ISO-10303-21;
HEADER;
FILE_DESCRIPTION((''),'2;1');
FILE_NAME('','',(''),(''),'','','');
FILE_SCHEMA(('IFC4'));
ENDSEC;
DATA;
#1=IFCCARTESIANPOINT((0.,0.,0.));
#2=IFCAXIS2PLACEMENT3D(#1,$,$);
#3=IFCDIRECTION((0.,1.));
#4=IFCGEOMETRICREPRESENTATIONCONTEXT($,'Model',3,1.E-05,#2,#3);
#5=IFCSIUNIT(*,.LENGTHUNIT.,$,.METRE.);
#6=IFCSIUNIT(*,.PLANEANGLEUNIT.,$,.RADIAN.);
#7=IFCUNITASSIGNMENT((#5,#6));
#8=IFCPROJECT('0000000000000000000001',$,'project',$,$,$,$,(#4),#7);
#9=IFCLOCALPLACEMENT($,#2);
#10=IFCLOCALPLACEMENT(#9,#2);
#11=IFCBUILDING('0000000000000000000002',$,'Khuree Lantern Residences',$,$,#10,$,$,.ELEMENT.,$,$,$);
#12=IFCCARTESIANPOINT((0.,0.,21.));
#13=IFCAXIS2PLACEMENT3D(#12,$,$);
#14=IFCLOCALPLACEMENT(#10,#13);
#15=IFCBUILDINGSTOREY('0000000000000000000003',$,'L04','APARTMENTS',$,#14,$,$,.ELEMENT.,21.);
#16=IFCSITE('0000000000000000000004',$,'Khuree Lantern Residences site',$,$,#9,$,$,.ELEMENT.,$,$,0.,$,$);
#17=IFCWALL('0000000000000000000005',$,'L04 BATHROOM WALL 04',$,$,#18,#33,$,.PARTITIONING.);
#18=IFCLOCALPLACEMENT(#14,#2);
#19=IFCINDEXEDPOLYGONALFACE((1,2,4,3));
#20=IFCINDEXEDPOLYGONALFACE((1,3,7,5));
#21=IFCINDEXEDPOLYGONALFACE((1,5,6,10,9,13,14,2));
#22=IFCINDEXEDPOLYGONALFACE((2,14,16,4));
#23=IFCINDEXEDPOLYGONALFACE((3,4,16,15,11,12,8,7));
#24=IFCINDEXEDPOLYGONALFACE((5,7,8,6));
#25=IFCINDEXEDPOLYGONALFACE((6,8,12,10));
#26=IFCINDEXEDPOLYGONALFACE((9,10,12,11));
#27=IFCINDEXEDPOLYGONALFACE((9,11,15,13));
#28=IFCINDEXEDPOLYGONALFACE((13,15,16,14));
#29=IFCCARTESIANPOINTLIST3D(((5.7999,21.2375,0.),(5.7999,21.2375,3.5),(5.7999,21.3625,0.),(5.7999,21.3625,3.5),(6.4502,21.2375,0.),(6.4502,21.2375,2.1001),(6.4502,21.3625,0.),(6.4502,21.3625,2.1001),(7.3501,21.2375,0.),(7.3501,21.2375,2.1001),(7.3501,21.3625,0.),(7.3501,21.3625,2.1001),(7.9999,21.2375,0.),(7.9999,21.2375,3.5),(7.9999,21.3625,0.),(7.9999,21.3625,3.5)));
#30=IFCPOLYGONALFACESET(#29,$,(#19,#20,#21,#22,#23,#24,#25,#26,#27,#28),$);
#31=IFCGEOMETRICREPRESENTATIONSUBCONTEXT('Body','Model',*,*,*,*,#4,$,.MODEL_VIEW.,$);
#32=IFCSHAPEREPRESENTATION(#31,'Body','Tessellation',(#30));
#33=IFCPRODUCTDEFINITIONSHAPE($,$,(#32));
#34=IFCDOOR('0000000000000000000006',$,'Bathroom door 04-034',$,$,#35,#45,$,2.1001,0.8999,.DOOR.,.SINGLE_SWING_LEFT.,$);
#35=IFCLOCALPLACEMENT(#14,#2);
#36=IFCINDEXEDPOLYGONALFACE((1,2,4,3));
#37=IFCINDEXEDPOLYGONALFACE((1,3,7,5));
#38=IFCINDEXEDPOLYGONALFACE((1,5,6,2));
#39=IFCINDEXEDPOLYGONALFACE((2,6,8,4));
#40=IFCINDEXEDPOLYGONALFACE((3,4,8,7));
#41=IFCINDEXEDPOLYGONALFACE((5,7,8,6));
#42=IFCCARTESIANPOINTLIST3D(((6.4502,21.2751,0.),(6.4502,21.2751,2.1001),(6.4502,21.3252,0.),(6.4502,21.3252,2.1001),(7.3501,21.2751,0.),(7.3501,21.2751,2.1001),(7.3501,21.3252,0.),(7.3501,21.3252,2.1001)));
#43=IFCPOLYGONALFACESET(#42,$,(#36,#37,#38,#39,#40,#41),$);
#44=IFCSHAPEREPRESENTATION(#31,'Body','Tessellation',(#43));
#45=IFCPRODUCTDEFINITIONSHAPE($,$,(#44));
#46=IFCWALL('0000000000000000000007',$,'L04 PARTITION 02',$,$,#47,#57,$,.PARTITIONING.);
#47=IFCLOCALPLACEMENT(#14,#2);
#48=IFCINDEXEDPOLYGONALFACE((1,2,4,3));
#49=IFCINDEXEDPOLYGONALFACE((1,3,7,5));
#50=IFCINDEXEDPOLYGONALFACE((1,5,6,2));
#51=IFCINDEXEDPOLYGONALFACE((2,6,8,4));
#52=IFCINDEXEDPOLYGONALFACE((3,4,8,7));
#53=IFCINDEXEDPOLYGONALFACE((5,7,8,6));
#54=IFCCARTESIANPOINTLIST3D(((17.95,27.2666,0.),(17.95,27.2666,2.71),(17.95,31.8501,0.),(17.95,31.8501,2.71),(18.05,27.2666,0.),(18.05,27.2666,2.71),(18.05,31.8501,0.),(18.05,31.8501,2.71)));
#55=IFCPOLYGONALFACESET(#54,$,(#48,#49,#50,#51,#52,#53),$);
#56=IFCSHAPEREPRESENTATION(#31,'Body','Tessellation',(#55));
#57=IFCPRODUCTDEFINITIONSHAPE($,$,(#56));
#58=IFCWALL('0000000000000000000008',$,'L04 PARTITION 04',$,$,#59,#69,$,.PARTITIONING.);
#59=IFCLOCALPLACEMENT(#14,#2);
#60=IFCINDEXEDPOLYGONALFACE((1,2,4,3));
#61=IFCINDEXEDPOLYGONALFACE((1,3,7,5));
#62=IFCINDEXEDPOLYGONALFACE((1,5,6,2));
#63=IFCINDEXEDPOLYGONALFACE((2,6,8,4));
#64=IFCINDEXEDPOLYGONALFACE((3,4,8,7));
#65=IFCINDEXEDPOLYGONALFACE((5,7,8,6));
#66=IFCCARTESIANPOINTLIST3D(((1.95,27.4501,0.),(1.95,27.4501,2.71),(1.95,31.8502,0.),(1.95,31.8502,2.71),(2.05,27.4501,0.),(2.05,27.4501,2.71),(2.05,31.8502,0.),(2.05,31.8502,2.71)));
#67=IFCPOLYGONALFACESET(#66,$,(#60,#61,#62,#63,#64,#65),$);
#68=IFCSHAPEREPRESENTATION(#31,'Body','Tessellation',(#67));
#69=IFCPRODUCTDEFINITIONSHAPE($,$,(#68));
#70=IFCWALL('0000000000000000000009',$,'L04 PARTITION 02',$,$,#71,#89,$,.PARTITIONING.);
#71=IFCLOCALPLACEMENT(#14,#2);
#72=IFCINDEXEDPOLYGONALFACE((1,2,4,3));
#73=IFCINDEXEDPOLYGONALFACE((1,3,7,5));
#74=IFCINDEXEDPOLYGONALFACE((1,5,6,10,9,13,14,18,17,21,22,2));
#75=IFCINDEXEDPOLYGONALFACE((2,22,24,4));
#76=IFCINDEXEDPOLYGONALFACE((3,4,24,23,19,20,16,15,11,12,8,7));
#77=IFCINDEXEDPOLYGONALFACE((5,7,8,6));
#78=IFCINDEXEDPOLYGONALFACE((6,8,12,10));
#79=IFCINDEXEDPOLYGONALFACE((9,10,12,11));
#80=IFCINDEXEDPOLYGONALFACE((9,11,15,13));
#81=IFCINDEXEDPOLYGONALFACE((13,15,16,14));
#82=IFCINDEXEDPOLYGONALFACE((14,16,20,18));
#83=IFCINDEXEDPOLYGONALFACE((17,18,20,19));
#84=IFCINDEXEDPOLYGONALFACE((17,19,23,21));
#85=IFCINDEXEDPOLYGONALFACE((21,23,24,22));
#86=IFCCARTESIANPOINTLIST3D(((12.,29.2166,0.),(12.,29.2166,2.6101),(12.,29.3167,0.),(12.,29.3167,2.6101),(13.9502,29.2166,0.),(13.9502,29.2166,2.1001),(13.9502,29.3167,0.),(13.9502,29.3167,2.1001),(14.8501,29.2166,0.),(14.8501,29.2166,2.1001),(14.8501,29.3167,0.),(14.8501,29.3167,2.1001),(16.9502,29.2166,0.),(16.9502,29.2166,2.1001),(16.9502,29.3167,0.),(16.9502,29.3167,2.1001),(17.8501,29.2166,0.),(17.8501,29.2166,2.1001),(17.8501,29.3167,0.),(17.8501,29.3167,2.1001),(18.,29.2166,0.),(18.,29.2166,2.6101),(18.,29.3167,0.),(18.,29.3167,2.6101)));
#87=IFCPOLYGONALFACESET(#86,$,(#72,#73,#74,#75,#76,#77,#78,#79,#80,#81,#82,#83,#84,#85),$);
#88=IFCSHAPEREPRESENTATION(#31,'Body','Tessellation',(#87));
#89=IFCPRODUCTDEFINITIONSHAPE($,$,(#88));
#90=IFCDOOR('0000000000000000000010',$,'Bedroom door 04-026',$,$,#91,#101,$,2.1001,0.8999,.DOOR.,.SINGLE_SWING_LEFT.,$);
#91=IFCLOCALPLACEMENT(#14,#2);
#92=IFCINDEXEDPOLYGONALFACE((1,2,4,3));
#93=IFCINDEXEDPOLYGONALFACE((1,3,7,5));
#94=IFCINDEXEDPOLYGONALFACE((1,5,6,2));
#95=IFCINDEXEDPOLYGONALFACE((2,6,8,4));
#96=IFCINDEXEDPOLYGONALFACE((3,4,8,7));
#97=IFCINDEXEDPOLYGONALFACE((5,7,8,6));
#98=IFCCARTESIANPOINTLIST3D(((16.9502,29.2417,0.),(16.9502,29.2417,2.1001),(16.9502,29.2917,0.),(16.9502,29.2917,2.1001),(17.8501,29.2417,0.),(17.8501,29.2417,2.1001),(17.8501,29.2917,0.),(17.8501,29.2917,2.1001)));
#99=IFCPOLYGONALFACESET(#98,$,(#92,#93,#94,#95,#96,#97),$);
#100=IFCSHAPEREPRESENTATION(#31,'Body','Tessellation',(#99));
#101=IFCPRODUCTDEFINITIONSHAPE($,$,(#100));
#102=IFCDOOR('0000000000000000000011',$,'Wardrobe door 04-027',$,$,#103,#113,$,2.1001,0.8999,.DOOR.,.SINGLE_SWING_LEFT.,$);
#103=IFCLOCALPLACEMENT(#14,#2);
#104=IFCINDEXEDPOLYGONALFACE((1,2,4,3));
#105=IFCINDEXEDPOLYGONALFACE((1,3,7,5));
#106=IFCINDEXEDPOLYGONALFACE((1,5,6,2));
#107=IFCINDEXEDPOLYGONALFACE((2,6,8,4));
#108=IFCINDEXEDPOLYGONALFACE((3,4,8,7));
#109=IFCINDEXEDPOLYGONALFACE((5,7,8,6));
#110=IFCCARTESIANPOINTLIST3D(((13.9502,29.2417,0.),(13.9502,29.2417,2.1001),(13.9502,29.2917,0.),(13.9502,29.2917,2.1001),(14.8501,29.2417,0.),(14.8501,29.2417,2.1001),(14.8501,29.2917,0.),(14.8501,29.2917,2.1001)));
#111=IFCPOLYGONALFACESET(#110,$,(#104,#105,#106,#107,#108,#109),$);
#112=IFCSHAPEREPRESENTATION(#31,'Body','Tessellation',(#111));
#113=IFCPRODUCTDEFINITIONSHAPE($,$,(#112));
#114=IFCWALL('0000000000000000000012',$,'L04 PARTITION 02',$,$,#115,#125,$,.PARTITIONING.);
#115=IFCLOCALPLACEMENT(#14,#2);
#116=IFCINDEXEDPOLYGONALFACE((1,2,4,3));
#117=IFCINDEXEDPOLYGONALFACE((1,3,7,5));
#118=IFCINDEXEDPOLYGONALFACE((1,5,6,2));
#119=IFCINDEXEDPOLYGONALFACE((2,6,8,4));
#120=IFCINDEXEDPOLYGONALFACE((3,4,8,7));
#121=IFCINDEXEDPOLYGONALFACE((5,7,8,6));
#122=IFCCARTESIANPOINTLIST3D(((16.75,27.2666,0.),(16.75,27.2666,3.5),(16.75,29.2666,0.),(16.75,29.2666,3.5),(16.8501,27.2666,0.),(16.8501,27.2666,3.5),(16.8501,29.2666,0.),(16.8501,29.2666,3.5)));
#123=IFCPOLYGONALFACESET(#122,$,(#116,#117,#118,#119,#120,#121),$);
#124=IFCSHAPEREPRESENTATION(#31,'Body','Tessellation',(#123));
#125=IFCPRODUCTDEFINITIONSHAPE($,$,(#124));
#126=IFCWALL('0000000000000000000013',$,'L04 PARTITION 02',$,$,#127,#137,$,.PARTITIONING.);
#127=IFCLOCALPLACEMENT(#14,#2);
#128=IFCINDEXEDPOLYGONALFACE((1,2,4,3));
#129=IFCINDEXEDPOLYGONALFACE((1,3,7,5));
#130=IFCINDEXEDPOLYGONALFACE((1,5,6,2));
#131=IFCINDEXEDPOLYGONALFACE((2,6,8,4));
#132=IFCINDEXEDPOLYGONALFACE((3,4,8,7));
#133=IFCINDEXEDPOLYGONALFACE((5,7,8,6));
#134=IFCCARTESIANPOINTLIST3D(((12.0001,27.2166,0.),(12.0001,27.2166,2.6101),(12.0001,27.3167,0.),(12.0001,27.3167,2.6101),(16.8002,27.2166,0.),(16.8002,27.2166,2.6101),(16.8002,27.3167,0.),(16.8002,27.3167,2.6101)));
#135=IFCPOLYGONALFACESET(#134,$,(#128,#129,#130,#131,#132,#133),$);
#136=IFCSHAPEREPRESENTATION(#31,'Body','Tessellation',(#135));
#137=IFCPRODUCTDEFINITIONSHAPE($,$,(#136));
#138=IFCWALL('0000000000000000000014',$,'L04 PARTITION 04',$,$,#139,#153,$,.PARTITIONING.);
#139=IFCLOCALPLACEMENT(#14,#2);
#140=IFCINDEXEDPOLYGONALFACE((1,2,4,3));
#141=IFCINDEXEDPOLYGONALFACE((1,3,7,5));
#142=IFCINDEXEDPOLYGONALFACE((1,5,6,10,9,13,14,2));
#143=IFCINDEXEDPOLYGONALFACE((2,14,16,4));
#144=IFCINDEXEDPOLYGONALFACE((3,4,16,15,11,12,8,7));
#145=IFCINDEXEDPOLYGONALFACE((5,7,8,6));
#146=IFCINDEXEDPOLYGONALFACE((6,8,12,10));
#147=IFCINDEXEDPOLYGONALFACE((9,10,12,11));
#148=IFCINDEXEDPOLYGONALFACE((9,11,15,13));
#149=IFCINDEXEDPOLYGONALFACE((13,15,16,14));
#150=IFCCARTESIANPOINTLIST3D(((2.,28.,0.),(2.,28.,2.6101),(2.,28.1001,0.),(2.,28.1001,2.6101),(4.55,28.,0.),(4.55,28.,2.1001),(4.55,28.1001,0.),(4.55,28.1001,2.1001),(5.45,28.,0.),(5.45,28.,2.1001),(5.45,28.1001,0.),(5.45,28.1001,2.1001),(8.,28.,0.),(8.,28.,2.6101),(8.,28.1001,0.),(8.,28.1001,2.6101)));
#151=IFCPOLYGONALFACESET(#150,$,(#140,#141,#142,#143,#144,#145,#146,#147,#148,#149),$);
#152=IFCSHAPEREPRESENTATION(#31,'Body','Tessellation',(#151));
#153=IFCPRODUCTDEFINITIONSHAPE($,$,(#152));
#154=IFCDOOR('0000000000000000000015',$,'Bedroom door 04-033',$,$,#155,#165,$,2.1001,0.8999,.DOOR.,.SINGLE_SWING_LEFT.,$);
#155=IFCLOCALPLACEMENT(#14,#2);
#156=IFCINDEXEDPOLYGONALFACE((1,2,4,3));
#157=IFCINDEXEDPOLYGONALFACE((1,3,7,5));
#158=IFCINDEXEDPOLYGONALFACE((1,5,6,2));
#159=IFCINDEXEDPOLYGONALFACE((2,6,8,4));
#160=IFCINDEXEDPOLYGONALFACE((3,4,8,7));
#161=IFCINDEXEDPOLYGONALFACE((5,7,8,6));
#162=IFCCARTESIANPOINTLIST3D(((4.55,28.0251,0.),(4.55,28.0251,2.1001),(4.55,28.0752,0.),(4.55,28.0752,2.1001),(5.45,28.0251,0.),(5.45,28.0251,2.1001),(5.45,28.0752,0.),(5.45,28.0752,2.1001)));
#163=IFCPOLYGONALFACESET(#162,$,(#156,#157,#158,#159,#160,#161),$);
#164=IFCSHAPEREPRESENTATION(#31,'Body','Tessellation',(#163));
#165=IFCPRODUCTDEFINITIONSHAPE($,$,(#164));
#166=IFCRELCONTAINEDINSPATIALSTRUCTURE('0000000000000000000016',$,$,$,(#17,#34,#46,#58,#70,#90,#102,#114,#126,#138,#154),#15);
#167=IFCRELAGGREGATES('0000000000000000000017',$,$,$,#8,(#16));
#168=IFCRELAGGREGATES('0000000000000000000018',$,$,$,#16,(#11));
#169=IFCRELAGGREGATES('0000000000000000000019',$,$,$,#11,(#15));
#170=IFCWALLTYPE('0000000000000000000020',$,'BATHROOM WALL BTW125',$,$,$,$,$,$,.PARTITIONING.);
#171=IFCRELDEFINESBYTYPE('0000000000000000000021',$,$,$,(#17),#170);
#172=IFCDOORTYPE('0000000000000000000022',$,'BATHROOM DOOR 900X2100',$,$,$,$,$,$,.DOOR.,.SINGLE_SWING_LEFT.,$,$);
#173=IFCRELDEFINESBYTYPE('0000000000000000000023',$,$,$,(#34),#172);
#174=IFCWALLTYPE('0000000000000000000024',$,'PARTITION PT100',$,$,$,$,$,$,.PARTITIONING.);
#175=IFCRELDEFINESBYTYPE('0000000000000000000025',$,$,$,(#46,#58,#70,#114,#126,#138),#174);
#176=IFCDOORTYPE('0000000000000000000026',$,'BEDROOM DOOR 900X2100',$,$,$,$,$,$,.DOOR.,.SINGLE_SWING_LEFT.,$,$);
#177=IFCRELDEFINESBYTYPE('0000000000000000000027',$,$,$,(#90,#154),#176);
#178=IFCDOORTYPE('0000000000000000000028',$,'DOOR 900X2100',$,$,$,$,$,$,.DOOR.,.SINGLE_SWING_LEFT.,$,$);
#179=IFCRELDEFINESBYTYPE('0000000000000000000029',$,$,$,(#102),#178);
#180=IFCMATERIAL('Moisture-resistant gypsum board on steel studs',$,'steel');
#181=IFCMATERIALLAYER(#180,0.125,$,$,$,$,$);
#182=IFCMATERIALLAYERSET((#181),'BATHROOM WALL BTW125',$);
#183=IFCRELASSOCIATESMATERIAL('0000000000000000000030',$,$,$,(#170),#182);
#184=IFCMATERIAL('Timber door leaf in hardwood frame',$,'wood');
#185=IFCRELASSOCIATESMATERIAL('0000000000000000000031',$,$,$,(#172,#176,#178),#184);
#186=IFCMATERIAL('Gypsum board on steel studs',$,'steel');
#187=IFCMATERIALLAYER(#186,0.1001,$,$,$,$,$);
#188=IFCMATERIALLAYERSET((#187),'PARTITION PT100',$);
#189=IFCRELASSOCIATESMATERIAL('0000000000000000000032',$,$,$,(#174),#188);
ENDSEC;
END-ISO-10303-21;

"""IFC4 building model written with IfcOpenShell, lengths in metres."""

from ifc_helpers import new_model, si_unit, direction, frame, frame_2d, origin, place, context, subcontext, project, spatial, rectangle, extrude, material, layer, layer_set, type_object, element, fill, save


model = new_model("IFC4")

# Units and contexts
model_context = context("Model", 3, precision=1e-05, world=origin(), true_north=direction((0.0, 1.0)))
body_context = subcontext(model_context, "Body", "Model", "MODEL_VIEW")
ifc_project = project(units=[si_unit("LENGTHUNIT", "METRE"), si_unit("PLANEANGLEUNIT", "RADIAN")], contexts=[model_context])

# Site, building, storey
site_placement = place(None, origin())
site = spatial("IfcSite", under=ifc_project, at=site_placement, Name="Khuree Lantern Residences site", CompositionType="ELEMENT", RefElevation=0.0)
building_placement = place(site_placement, origin())
building = spatial("IfcBuilding", under=site, at=building_placement, Name="Khuree Lantern Residences", CompositionType="ELEMENT")
storey_placement = place(building_placement, frame((0.0, 0.0, 21.0)))
storey = spatial("IfcBuildingStorey", under=building, at=storey_placement, Name="L04", Description="APARTMENTS", CompositionType="ELEMENT", Elevation=21.0)

# Wall, opening, door
ifc_material_1 = material(Name="Moisture-resistant gypsum board on steel studs", Category="steel")
ifc_layer_1 = layer(ifc_material_1, 0.125)
ifc_layer_set_1 = layer_set([ifc_layer_1], Name="BATHROOM WALL BTW125")
wall_type_1 = type_object("IfcWallType", Name="BATHROOM WALL BTW125", PredefinedType="PARTITIONING", material=ifc_layer_set_1)
ifc_material_2 = material(Name="Timber door leaf in hardwood frame", Category="wood")
door_type_1 = type_object("IfcDoorType", Name="BATHROOM DOOR 900X2100", OperationType="SINGLE_SWING_LEFT", PredefinedType="DOOR", material=ifc_material_2)
wall_1_placement = place(storey_placement, frame((8.0, 21.3, 0.0), z_axis=(0.0, 0.0, 1.0), x_axis=(-1.0, 0.0, 0.0)))
wall_1 = element("IfcWall", 1, at=wall_1_placement, inside=storey, type_object=wall_type_1, Name="L04 BATHROOM WALL 04", PredefinedType="PARTITIONING", context=body_context, shape_type="SweptSolid", body=[
    extrude(rectangle(XDim=2.2, YDim=0.125, at=frame_2d((1.1001, 0.0))), origin(), (0.0, 0.0, 1.0), 3.5),
])
opening_1_placement = place(wall_1_placement, frame((0.6499, 0.0, 0.0)))
opening_1 = element("IfcOpeningElement", 2, at=opening_1_placement, cuts=wall_1, PredefinedType="OPENING", context=body_context, shape_type="SweptSolid", body=[
    extrude(rectangle(XDim=0.8999, YDim=2.1001, at=frame_2d((0.45, 1.05))), frame((0.0, 0.0725, 0.0), z_axis=(0.0, -1.0, 0.0), x_axis=(1.0, 0.0, 0.0)), (0.0, 0.0, 1.0), 0.145),
])
door_1_placement = place(opening_1_placement, origin())
door_1 = element("IfcDoor", 3, at=door_1_placement, inside=storey, type_object=door_type_1, Name="Bathroom door 04-034", OperationType="SINGLE_SWING_LEFT", OverallHeight=2.1001, OverallWidth=0.8999, PredefinedType="DOOR", context=body_context, shape_type="SweptSolid", body=[
    extrude(rectangle(XDim=0.8999, YDim=2.1001, at=frame_2d((0.45, 1.05))), frame((0.0, 0.0249, 0.0), z_axis=(0.0, -1.0, 0.0), x_axis=(1.0, 0.0, 0.0)), (0.0, 0.0, 1.0), 0.05),
])
fill(opening_1, door_1)

# Walls
ifc_material_3 = material(Name="Gypsum board on steel studs", Category="steel")
ifc_layer_2 = layer(ifc_material_3, 0.1001)
ifc_layer_set_2 = layer_set([ifc_layer_2], Name="PARTITION PT100")
wall_type_2 = type_object("IfcWallType", Name="PARTITION PT100", PredefinedType="PARTITIONING", material=ifc_layer_set_2)
wall_2_placement = place(storey_placement, frame((18.0, 27.2666, 0.0), z_axis=(0.0, 0.0, 1.0), x_axis=(0.0, 1.0, 0.0)))
element("IfcWall", 4, at=wall_2_placement, inside=storey, type_object=wall_type_2, Name="L04 PARTITION 02", PredefinedType="PARTITIONING", context=body_context, shape_type="SweptSolid", body=[
    extrude(rectangle(XDim=4.5835, YDim=0.1001, at=frame_2d((2.2917, 0.0))), origin(), (0.0, 0.0, 1.0), 2.71),
])
wall_3_placement = place(storey_placement, frame((2.0, 27.45, 0.0), z_axis=(0.0, 0.0, 1.0), x_axis=(0.0, 1.0, 0.0)))
element("IfcWall", 5, at=wall_3_placement, inside=storey, type_object=wall_type_2, Name="L04 PARTITION 04", PredefinedType="PARTITIONING", context=body_context, shape_type="SweptSolid", body=[
    extrude(rectangle(XDim=4.4001, YDim=0.1001, at=frame_2d((2.2002, 0.0))), origin(), (0.0, 0.0, 1.0), 2.71),
])

# Wall, openings, doors
wall_4_placement = place(storey_placement, frame((18.0, 29.2666, 0.0), z_axis=(0.0, 0.0, 1.0), x_axis=(-1.0, 0.0, 0.0)))
wall_4 = element("IfcWall", 6, at=wall_4_placement, inside=storey, type_object=wall_type_2, Name="L04 PARTITION 02", PredefinedType="PARTITIONING", context=body_context, shape_type="SweptSolid", body=[
    extrude(rectangle(XDim=6.0, YDim=0.1001, at=frame_2d((3.0, 0.0))), origin(), (0.0, 0.0, 1.0), 2.6101),
])
opening_2_placement = place(wall_4_placement, frame((0.1499, 0.0, 0.0)))
opening_2 = element("IfcOpeningElement", 7, at=opening_2_placement, cuts=wall_4, PredefinedType="OPENING", context=body_context, shape_type="SweptSolid", body=[
    extrude(rectangle(XDim=0.8999, YDim=2.1001, at=frame_2d((0.45, 1.05))), frame((0.0, 0.0601, 0.0), z_axis=(0.0, -1.0, 0.0), x_axis=(1.0, 0.0, 0.0)), (0.0, 0.0, 1.0), 0.1201),
])
opening_3_placement = place(wall_4_placement, frame((3.1499, 0.0, 0.0)))
opening_3 = element("IfcOpeningElement", 8, at=opening_3_placement, cuts=wall_4, PredefinedType="OPENING", context=body_context, shape_type="SweptSolid", body=[
    extrude(rectangle(XDim=0.8999, YDim=2.1001, at=frame_2d((0.45, 1.05))), frame((0.0, 0.0601, 0.0), z_axis=(0.0, -1.0, 0.0), x_axis=(1.0, 0.0, 0.0)), (0.0, 0.0, 1.0), 0.1201),
])
door_type_2 = type_object("IfcDoorType", Name="BEDROOM DOOR 900X2100", OperationType="SINGLE_SWING_LEFT", PredefinedType="DOOR", material=ifc_material_2)
door_2_placement = place(opening_2_placement, origin())
door_2 = element("IfcDoor", 9, at=door_2_placement, inside=storey, type_object=door_type_2, Name="Bedroom door 04-026", OperationType="SINGLE_SWING_LEFT", OverallHeight=2.1001, OverallWidth=0.8999, PredefinedType="DOOR", context=body_context, shape_type="SweptSolid", body=[
    extrude(rectangle(XDim=0.8999, YDim=2.1001, at=frame_2d((0.45, 1.05))), frame((0.0, 0.0249, 0.0), z_axis=(0.0, -1.0, 0.0), x_axis=(1.0, 0.0, 0.0)), (0.0, 0.0, 1.0), 0.05),
])
fill(opening_2, door_2)
door_type_3 = type_object("IfcDoorType", Name="DOOR 900X2100", OperationType="SINGLE_SWING_LEFT", PredefinedType="DOOR", material=ifc_material_2)
door_3_placement = place(opening_3_placement, origin())
door_3 = element("IfcDoor", 10, at=door_3_placement, inside=storey, type_object=door_type_3, Name="Wardrobe door 04-027", OperationType="SINGLE_SWING_LEFT", OverallHeight=2.1001, OverallWidth=0.8999, PredefinedType="DOOR", context=body_context, shape_type="SweptSolid", body=[
    extrude(rectangle(XDim=0.8999, YDim=2.1001, at=frame_2d((0.45, 1.05))), frame((0.0, 0.0249, 0.0), z_axis=(0.0, -1.0, 0.0), x_axis=(1.0, 0.0, 0.0)), (0.0, 0.0, 1.0), 0.05),
])
fill(opening_3, door_3)

# Walls
wall_5_placement = place(storey_placement, frame((16.8, 27.2666, 0.0), z_axis=(0.0, 0.0, 1.0), x_axis=(0.0, 1.0, 0.0)))
element("IfcWall", 11, at=wall_5_placement, inside=storey, type_object=wall_type_2, Name="L04 PARTITION 02", PredefinedType="PARTITIONING", context=body_context, shape_type="SweptSolid", body=[
    extrude(rectangle(XDim=2.0, YDim=0.1001, at=frame_2d((1.0, 0.0))), origin(), (0.0, 0.0, 1.0), 3.5),
])
wall_6_placement = place(storey_placement, frame((16.8, 27.2666, 0.0), z_axis=(0.0, 0.0, 1.0), x_axis=(-1.0, 0.0, 0.0)))
element("IfcWall", 12, at=wall_6_placement, inside=storey, type_object=wall_type_2, Name="L04 PARTITION 02", PredefinedType="PARTITIONING", context=body_context, shape_type="SweptSolid", body=[
    extrude(rectangle(XDim=4.8, YDim=0.1001, at=frame_2d((2.3999, 0.0))), origin(), (0.0, 0.0, 1.0), 2.6101),
])

# Wall, opening, door
wall_7_placement = place(storey_placement, frame((8.0, 28.05, 0.0), z_axis=(0.0, 0.0, 1.0), x_axis=(-1.0, 0.0, 0.0)))
wall_7 = element("IfcWall", 13, at=wall_7_placement, inside=storey, type_object=wall_type_2, Name="L04 PARTITION 04", PredefinedType="PARTITIONING", context=body_context, shape_type="SweptSolid", body=[
    extrude(rectangle(XDim=6.0, YDim=0.1001, at=frame_2d((3.0, 0.0))), origin(), (0.0, 0.0, 1.0), 2.6101),
])
opening_4_placement = place(wall_7_placement, frame((2.55, 0.0, 0.0)))
opening_4 = element("IfcOpeningElement", 14, at=opening_4_placement, cuts=wall_7, PredefinedType="OPENING", context=body_context, shape_type="SweptSolid", body=[
    extrude(rectangle(XDim=0.8999, YDim=2.1001, at=frame_2d((0.45, 1.05))), frame((0.0, 0.0601, 0.0), z_axis=(0.0, -1.0, 0.0), x_axis=(1.0, 0.0, 0.0)), (0.0, 0.0, 1.0), 0.1201),
])
door_4_placement = place(opening_4_placement, origin())
door_4 = element("IfcDoor", 15, at=door_4_placement, inside=storey, type_object=door_type_2, Name="Bedroom door 04-033", OperationType="SINGLE_SWING_LEFT", OverallHeight=2.1001, OverallWidth=0.8999, PredefinedType="DOOR", context=body_context, shape_type="SweptSolid", body=[
    extrude(rectangle(XDim=0.8999, YDim=2.1001, at=frame_2d((0.45, 1.05))), frame((0.0, 0.0249, 0.0), z_axis=(0.0, -1.0, 0.0), x_axis=(1.0, 0.0, 0.0)), (0.0, 0.0, 1.0), 0.05),
])
fill(opening_4, door_4)

save(model, "model.ifc")
